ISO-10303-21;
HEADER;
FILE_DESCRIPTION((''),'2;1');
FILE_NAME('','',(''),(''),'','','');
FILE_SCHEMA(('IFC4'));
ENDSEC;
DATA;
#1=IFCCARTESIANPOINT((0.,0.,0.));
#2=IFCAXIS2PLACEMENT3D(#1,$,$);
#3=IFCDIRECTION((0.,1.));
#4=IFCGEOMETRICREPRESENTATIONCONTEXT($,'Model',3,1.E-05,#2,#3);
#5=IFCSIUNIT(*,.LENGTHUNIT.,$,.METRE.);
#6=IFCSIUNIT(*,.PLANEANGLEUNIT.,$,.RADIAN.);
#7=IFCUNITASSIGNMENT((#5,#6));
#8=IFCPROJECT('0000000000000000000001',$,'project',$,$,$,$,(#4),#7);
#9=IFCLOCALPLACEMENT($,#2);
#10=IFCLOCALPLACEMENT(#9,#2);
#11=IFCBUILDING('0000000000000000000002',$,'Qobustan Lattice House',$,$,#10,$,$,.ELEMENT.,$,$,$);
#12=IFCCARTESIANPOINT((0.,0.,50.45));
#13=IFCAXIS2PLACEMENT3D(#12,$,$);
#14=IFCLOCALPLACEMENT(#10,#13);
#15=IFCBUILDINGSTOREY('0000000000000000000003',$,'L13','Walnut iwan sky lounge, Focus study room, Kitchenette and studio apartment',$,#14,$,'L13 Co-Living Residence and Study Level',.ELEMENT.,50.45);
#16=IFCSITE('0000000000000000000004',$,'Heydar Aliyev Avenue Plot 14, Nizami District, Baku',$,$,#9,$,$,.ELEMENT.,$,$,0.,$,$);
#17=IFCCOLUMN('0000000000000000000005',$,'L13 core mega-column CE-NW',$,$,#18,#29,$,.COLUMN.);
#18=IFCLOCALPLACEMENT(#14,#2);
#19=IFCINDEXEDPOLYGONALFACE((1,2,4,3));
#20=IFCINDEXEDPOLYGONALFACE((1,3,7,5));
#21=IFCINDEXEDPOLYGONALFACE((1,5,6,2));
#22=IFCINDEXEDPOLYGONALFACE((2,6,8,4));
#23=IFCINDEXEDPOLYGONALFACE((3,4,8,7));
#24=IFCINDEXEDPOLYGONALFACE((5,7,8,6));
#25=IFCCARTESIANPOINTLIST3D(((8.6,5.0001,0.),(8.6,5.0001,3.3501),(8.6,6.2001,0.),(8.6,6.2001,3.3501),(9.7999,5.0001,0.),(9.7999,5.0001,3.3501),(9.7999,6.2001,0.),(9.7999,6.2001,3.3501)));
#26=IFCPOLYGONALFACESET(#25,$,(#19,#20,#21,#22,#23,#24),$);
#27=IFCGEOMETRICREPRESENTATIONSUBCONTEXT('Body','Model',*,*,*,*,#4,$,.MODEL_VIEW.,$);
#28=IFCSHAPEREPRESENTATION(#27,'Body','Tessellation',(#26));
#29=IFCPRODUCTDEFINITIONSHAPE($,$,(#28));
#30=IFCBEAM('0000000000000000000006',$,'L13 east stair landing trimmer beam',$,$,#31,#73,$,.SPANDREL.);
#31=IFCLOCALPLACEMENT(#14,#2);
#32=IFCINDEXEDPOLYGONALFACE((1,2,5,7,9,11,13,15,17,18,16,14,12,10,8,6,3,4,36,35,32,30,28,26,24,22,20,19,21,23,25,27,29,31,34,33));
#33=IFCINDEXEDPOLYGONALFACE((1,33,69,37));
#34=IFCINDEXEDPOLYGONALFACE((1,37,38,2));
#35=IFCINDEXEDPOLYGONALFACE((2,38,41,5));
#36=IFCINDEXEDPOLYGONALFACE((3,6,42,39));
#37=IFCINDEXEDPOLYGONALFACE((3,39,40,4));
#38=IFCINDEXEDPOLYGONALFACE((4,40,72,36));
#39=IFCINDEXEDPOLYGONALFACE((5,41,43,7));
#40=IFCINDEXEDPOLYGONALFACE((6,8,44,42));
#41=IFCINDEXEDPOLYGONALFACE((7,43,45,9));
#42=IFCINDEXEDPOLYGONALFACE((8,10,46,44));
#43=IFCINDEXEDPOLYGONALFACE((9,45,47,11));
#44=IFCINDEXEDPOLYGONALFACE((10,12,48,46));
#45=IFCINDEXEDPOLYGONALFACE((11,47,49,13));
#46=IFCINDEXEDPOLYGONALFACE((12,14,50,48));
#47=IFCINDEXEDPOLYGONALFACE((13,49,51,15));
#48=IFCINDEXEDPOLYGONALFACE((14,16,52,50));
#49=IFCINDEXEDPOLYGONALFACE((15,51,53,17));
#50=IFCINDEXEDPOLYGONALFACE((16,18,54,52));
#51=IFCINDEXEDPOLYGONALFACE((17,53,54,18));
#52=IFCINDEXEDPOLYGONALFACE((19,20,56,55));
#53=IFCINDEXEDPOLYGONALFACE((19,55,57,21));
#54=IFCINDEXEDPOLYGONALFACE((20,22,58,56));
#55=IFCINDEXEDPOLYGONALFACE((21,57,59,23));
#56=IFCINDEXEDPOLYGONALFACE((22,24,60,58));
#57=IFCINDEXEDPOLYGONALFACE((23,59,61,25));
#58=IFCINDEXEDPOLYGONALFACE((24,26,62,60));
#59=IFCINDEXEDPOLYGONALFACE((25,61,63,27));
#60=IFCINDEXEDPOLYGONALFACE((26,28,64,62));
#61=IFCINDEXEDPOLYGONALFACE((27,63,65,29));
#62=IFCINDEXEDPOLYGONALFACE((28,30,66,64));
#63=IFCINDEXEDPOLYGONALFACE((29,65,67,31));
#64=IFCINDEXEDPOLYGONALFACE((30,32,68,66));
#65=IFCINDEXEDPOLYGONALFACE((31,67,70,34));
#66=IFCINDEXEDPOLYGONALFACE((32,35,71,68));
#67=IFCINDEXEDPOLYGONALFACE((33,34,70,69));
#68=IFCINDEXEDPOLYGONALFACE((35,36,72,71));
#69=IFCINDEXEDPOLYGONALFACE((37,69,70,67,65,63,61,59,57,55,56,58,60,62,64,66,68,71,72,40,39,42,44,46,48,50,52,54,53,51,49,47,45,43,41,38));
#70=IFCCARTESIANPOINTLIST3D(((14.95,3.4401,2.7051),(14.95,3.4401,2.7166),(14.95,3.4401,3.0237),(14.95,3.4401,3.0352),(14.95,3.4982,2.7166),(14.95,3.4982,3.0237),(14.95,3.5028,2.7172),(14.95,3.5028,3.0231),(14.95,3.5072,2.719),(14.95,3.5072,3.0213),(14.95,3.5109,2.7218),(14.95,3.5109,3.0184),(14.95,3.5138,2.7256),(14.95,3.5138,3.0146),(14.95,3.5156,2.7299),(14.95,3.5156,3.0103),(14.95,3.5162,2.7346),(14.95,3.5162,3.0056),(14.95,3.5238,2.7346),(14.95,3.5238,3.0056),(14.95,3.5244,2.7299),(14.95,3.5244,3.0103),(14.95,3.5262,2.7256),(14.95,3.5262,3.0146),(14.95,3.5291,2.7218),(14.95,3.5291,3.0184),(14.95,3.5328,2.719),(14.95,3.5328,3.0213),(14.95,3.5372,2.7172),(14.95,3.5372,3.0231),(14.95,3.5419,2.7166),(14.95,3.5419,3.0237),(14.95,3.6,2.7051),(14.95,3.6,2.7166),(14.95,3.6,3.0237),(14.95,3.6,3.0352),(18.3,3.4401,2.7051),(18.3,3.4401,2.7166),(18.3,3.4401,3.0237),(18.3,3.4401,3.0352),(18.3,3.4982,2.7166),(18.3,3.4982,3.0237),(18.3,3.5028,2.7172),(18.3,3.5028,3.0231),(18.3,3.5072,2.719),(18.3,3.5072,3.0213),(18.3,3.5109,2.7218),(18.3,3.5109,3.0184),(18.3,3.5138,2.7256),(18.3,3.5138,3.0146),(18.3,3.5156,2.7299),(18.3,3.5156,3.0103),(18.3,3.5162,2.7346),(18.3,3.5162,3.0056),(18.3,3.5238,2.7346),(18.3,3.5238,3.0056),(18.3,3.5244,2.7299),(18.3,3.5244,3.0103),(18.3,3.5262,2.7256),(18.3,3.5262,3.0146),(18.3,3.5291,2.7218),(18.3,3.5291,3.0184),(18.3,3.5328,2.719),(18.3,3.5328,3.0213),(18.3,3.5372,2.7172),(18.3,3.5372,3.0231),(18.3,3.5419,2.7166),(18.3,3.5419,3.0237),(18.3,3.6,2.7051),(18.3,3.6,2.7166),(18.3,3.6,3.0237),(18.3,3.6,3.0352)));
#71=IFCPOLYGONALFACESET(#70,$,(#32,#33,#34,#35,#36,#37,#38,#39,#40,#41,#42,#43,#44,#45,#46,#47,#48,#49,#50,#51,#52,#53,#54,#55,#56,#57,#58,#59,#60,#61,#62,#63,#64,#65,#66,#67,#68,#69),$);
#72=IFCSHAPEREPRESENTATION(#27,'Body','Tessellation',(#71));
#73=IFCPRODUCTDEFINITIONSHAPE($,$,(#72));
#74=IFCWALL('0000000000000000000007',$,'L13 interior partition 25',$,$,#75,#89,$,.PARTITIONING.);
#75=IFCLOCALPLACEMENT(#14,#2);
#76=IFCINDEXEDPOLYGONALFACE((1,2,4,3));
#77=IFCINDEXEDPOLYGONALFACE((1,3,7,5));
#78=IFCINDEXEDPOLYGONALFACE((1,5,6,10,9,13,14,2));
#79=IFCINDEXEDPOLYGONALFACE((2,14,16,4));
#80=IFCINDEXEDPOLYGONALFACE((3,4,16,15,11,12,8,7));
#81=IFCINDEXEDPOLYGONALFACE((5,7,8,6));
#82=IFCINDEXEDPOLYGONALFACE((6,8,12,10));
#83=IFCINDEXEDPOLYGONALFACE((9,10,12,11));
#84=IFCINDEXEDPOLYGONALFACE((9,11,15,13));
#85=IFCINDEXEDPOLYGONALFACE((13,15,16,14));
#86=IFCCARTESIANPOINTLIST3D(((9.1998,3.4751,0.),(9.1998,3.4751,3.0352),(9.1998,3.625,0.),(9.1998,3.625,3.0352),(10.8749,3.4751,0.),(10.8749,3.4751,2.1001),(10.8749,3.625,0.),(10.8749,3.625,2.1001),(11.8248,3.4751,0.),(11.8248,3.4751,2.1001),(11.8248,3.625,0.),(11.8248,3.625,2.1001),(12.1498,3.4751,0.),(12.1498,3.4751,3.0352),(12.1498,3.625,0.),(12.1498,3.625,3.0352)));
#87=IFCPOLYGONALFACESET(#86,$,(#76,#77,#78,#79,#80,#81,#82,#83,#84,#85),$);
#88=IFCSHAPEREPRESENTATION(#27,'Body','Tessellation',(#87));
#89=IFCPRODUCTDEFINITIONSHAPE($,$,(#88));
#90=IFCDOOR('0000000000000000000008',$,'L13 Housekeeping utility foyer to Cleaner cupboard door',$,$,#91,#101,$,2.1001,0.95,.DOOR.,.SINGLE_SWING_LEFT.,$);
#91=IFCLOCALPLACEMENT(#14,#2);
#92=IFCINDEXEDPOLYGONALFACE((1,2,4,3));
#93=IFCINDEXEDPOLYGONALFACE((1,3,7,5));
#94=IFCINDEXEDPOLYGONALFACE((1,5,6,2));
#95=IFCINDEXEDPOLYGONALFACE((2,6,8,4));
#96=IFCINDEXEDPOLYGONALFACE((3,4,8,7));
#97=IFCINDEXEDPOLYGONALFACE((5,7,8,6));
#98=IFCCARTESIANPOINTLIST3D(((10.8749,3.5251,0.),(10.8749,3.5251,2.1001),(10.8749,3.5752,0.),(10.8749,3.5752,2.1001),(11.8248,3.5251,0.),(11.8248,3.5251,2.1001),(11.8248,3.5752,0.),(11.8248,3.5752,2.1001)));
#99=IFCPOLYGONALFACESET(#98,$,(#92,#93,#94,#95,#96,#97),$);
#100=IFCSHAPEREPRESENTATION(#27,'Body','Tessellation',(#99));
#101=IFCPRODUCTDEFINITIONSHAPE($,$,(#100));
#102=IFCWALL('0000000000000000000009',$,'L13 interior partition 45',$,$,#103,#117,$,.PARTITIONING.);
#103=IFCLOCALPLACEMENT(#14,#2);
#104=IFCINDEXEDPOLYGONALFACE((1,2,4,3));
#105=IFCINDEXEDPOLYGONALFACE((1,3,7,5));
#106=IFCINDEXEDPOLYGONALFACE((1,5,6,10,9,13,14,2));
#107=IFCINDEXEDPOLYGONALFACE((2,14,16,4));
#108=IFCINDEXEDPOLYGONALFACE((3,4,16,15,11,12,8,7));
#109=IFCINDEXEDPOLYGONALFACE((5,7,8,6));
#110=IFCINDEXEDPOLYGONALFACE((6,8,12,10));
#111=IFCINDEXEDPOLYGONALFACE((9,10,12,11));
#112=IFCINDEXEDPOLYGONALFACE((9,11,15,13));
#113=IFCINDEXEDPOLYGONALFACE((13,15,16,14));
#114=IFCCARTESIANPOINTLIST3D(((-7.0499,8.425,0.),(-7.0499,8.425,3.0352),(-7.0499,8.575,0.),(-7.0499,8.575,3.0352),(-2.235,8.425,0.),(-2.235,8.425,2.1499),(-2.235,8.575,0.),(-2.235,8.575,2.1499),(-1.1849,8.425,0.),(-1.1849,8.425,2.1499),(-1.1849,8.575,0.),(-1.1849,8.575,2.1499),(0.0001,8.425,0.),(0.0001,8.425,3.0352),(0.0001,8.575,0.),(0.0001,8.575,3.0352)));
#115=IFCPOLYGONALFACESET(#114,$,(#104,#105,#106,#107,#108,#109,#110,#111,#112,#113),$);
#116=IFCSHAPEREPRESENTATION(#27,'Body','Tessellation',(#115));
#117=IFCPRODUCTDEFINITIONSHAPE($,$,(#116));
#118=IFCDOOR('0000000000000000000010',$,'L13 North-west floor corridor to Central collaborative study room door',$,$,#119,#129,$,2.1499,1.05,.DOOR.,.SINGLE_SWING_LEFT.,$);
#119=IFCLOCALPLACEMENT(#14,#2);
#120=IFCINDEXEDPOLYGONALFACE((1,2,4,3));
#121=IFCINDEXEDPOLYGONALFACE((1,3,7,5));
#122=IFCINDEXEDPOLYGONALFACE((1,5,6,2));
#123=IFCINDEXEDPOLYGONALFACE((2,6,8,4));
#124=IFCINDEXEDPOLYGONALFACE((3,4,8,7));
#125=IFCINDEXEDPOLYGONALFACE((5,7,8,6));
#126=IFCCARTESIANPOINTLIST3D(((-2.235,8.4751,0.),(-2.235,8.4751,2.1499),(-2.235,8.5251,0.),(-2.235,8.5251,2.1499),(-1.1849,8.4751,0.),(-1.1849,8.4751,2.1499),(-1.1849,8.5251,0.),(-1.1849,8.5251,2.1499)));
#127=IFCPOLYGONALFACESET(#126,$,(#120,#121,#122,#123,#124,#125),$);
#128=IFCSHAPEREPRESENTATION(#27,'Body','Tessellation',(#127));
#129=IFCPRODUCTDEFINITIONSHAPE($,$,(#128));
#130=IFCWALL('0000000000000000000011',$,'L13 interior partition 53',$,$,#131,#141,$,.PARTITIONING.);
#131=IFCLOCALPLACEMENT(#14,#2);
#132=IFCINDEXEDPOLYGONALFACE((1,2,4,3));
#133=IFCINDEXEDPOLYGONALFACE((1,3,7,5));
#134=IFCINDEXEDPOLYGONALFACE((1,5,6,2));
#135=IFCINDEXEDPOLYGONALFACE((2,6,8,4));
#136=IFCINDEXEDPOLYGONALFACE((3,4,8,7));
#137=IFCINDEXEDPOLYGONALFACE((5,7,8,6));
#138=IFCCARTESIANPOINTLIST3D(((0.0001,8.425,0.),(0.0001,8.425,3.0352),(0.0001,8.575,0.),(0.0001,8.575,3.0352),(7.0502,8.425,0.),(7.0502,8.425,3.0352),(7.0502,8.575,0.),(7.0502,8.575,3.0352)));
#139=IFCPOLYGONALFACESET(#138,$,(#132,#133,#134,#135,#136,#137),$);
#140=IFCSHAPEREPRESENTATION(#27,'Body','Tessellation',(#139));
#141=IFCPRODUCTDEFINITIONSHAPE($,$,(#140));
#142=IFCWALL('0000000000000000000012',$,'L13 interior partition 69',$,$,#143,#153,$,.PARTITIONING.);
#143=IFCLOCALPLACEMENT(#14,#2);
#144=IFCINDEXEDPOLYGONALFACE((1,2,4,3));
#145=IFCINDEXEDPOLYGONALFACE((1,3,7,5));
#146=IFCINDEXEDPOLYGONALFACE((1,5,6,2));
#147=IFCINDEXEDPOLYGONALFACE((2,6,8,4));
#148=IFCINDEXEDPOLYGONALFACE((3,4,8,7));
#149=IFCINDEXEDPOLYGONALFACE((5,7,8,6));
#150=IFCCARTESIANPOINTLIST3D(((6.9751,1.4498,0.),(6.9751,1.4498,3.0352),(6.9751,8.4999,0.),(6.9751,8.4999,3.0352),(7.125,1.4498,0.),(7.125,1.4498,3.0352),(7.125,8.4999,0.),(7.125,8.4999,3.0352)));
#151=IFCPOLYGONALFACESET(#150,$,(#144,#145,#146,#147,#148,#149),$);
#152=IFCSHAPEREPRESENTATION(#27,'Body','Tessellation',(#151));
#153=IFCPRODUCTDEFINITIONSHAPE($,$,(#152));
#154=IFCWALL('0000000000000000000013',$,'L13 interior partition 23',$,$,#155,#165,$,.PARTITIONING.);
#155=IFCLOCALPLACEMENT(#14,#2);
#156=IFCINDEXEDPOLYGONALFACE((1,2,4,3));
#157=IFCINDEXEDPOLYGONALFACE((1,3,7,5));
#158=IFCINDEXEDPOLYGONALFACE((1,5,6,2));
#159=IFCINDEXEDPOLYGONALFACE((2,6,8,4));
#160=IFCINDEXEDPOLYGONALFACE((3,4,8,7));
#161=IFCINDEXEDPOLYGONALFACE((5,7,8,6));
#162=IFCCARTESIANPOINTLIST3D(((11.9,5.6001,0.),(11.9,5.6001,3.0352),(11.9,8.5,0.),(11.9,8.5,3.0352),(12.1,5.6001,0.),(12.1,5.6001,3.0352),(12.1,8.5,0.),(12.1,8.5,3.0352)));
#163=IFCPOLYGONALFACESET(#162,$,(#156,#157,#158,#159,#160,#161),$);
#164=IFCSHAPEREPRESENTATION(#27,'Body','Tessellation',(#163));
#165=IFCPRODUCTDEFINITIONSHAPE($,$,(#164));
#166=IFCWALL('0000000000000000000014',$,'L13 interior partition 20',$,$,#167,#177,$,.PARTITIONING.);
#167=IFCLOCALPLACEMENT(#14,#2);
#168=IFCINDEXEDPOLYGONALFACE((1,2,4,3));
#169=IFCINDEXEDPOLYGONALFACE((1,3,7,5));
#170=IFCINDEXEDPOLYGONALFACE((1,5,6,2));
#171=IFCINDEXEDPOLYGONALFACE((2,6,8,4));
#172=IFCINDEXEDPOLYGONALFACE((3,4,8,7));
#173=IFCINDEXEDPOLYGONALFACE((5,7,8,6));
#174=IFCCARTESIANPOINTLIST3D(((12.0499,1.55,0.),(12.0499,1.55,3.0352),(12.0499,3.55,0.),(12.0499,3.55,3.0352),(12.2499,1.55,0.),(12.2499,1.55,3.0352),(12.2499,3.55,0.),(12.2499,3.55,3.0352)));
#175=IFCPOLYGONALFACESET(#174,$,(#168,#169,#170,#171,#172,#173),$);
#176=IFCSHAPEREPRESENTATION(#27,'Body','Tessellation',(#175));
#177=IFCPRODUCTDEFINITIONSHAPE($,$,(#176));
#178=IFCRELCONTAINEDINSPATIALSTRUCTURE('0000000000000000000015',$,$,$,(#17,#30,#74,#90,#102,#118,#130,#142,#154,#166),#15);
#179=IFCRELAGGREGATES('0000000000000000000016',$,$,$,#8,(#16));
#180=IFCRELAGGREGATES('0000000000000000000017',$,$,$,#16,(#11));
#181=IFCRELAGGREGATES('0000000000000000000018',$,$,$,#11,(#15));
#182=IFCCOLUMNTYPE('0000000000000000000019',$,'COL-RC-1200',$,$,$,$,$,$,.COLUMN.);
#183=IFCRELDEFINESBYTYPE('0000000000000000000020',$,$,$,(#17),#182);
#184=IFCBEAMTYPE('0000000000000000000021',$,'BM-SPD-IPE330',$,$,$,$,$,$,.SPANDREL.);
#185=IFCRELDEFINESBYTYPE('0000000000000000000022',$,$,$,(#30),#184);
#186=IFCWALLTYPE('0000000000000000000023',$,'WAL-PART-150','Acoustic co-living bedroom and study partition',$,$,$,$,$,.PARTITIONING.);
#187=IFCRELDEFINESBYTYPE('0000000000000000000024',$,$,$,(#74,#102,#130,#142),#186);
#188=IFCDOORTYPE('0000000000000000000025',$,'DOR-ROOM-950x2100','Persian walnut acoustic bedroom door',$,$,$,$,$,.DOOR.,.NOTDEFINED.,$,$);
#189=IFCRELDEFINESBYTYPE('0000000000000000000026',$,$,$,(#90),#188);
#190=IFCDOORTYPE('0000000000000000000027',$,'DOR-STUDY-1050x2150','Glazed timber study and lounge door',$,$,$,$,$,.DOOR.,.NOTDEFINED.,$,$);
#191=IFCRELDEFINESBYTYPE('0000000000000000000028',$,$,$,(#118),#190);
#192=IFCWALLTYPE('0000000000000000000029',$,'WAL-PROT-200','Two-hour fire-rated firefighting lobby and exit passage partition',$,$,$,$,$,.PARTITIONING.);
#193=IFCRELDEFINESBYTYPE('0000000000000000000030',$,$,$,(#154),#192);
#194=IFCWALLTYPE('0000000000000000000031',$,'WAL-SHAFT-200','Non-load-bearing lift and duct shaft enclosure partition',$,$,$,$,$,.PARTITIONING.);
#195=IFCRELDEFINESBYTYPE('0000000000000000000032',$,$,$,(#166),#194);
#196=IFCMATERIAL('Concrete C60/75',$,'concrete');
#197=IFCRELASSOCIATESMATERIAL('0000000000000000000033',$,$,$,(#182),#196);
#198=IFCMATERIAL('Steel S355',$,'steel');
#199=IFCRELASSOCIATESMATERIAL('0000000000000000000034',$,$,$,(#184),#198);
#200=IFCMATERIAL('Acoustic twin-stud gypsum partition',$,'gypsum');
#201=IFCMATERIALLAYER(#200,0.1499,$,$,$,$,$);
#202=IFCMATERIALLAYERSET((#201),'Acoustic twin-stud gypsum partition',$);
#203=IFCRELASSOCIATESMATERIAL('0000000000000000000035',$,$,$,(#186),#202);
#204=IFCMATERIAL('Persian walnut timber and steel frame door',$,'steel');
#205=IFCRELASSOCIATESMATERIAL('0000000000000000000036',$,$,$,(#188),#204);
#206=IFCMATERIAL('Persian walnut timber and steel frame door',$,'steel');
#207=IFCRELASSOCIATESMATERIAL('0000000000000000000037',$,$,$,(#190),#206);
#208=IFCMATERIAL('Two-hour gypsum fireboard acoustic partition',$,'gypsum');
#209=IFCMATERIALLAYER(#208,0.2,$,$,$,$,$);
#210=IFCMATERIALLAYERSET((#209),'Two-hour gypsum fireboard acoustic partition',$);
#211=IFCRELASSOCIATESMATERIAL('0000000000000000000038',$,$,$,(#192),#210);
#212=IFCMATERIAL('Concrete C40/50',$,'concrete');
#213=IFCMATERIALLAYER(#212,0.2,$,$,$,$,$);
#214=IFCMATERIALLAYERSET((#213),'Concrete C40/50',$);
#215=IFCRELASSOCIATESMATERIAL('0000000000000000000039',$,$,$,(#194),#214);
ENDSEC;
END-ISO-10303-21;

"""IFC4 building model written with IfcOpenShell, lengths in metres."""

from ifc_helpers import new_model, si_unit, direction, frame, frame_2d, origin, origin_2d, place, context, subcontext, project, spatial, rectangle, i_section, extrude, material, layer, layer_set, material_profile, profile_set, type_object, element, fill, save


model = new_model("IFC4")

# Units and contexts
model_context = context("Model", 3, precision=1e-05, world=origin(), true_north=direction((0.0, 1.0)))
body_context = subcontext(model_context, "Body", "Model", "MODEL_VIEW")
ifc_project = project(units=[si_unit("LENGTHUNIT", "METRE"), si_unit("PLANEANGLEUNIT", "RADIAN")], contexts=[model_context])

# Site, building, storey
site_placement = place(None, origin())
site = spatial("IfcSite", under=ifc_project, at=site_placement, Name="Heydar Aliyev Avenue Plot 14, Nizami District, Baku", CompositionType="ELEMENT", RefElevation=0.0)
building_placement = place(site_placement, origin())
building = spatial("IfcBuilding", under=site, at=building_placement, Name="Qobustan Lattice House", CompositionType="ELEMENT")
storey_placement = place(building_placement, frame((0.0, 0.0, 50.45)))
storey = spatial("IfcBuildingStorey", under=building, at=storey_placement, Name="L13", Description="Walnut iwan sky lounge, Focus study room, Kitchenette and studio apartment", LongName="L13 Co-Living Residence and Study Level", CompositionType="ELEMENT", Elevation=50.45)

# Column
ifc_material_1 = material(Name="Concrete C60/75", Category="concrete")
ifc_material_profile_1 = material_profile(ifc_material_1, rectangle(XDim=1.2, YDim=1.2, at=origin_2d()), Name="RC1200x1200")
ifc_profile_set_1 = profile_set([ifc_material_profile_1], Name="Concrete C60/75")
column_type = type_object("IfcColumnType", Name="COL-RC-1200", PredefinedType="COLUMN", material=ifc_profile_set_1)
column_placement = place(storey_placement, frame((9.2, 5.6001, 0.0), z_axis=(0.0, 0.0, 1.0), x_axis=(1.0, 0.0, 0.0)))
element("IfcColumn", 1, at=column_placement, inside=storey, type_object=column_type, Name="L13 core mega-column CE-NW", PredefinedType="COLUMN", context=body_context, shape_type="SweptSolid", body=[
    extrude(rectangle(XDim=1.2, YDim=1.2, at=origin_2d()), origin(), (0.0, 0.0, 1.0), 3.3501),
])

# Beam
ifc_material_2 = material(Name="Steel S355", Category="steel")
ifc_material_profile_2 = material_profile(ifc_material_2, i_section(OverallWidth=0.1599, OverallDepth=0.3301, WebThickness=0.0076, FlangeThickness=0.0115, FilletRadius=0.0181, at=origin_2d()), Name="IPE330")
ifc_profile_set_2 = profile_set([ifc_material_profile_2], Name="Steel S355")
beam_type = type_object("IfcBeamType", Name="BM-SPD-IPE330", PredefinedType="SPANDREL", material=ifc_profile_set_2)
beam_placement = place(storey_placement, frame((14.95, 3.52, 2.8701), z_axis=(1.0, 0.0, 0.0), x_axis=(0.0, 1.0, 0.0)))
element("IfcBeam", 2, at=beam_placement, inside=storey, type_object=beam_type, Name="L13 east stair landing trimmer beam", PredefinedType="SPANDREL", context=body_context, shape_type="SweptSolid", body=[
    extrude(i_section(OverallWidth=0.1599, OverallDepth=0.3301, WebThickness=0.0076, FlangeThickness=0.0115, FilletRadius=0.0181, at=origin_2d()), origin(), (0.0, 0.0, 1.0), 3.3501),
])

# Walls, openings, doors
ifc_material_3 = material(Name="Acoustic twin-stud gypsum partition", Category="gypsum")
ifc_layer_1 = layer(ifc_material_3, 0.1499)
ifc_layer_set_1 = layer_set([ifc_layer_1], Name="Acoustic twin-stud gypsum partition")
wall_type_1 = type_object("IfcWallType", Name="WAL-PART-150", Description="Acoustic co-living bedroom and study partition", PredefinedType="PARTITIONING", material=ifc_layer_set_1)
wall_1_placement = place(storey_placement, frame((12.1499, 3.55, 0.0), z_axis=(0.0, 0.0, 1.0), x_axis=(-1.0, 0.0, 0.0)))
wall_1 = element("IfcWall", 3, at=wall_1_placement, inside=storey, type_object=wall_type_1, Name="L13 interior partition 25", PredefinedType="PARTITIONING", context=body_context, shape_type="SweptSolid", body=[
    extrude(rectangle(XDim=2.95, YDim=0.1499, at=frame_2d((1.4751, 0.0))), origin(), (0.0, 0.0, 1.0), 3.0352),
])
opening_1_placement = place(wall_1_placement, frame((0.325, 0.0, 0.0)))
opening_1 = element("IfcOpeningElement", 4, at=opening_1_placement, cuts=wall_1, PredefinedType="OPENING", context=body_context, shape_type="SweptSolid", body=[
    extrude(rectangle(XDim=0.95, YDim=2.1001, at=frame_2d((0.4751, 1.05))), frame((0.0, 0.085, 0.0), z_axis=(0.0, -1.0, 0.0), x_axis=(1.0, 0.0, 0.0)), (0.0, 0.0, 1.0), 0.1699),
])
ifc_material_4 = material(Name="Persian walnut timber and steel frame door", Category="steel")
door_type_1 = type_object("IfcDoorType", Name="DOR-ROOM-950x2100", Description="Persian walnut acoustic bedroom door", OperationType="NOTDEFINED", PredefinedType="DOOR", material=ifc_material_4)
door_1_placement = place(opening_1_placement, origin())
door_1 = element("IfcDoor", 5, at=door_1_placement, inside=storey, type_object=door_type_1, Name="L13 Housekeeping utility foyer to Cleaner cupboard door", OperationType="SINGLE_SWING_LEFT", OverallHeight=2.1001, OverallWidth=0.95, PredefinedType="DOOR", context=body_context, shape_type="SweptSolid", body=[
    extrude(rectangle(XDim=0.95, YDim=2.1001, at=frame_2d((0.4751, 1.05))), frame((0.0, 0.0249, 0.0), z_axis=(0.0, -1.0, 0.0), x_axis=(1.0, 0.0, 0.0)), (0.0, 0.0, 1.0), 0.05),
])
fill(opening_1, door_1)
wall_2_placement = place(storey_placement, frame((0.0, 8.5, 0.0), z_axis=(0.0, 0.0, 1.0), x_axis=(-1.0, 0.0, 0.0)))
wall_2 = element("IfcWall", 6, at=wall_2_placement, inside=storey, type_object=wall_type_1, Name="L13 interior partition 45", PredefinedType="PARTITIONING", context=body_context, shape_type="SweptSolid", body=[
    extrude(rectangle(XDim=7.05, YDim=0.1499, at=frame_2d((3.5249, 0.0))), origin(), (0.0, 0.0, 1.0), 3.0352),
])
opening_2_placement = place(wall_2_placement, frame((1.1851, 0.0, 0.0)))
opening_2 = element("IfcOpeningElement", 7, at=opening_2_placement, cuts=wall_2, PredefinedType="OPENING", context=body_context, shape_type="SweptSolid", body=[
    extrude(rectangle(XDim=1.05, YDim=2.1499, at=frame_2d((0.5249, 1.075))), frame((0.0, 0.085, 0.0), z_axis=(0.0, -1.0, 0.0), x_axis=(1.0, 0.0, 0.0)), (0.0, 0.0, 1.0), 0.1699),
])
ifc_material_5 = material(Name="Persian walnut timber and steel frame door", Category="steel")
door_type_2 = type_object("IfcDoorType", Name="DOR-STUDY-1050x2150", Description="Glazed timber study and lounge door", OperationType="NOTDEFINED", PredefinedType="DOOR", material=ifc_material_5)
door_2_placement = place(opening_2_placement, origin())
door_2 = element("IfcDoor", 8, at=door_2_placement, inside=storey, type_object=door_type_2, Name="L13 North-west floor corridor to Central collaborative study room door", OperationType="SINGLE_SWING_LEFT", OverallHeight=2.1499, OverallWidth=1.05, PredefinedType="DOOR", context=body_context, shape_type="SweptSolid", body=[
    extrude(rectangle(XDim=1.05, YDim=2.1499, at=frame_2d((0.5249, 1.075))), frame((0.0, 0.0249, 0.0), z_axis=(0.0, -1.0, 0.0), x_axis=(1.0, 0.0, 0.0)), (0.0, 0.0, 1.0), 0.05),
])
fill(opening_2, door_2)

# Walls
for number, where, z_axis, x_axis, name in (
    (9, (7.05, 8.5, 0.0), (0.0, 0.0, 1.0), (-1.0, 0.0, 0.0), "L13 interior partition 53"),
    (10, (7.05, 1.45, 0.0), (0.0, 0.0, 1.0), (0.0, 1.0, 0.0), "L13 interior partition 69"),
):
    element("IfcWall", number, at=place(storey_placement, frame(where, z_axis=z_axis, x_axis=x_axis)), inside=storey, type_object=wall_type_1, Name=name, PredefinedType="PARTITIONING", context=body_context, shape_type="SweptSolid", body=[
        extrude(rectangle(XDim=7.05, YDim=0.1499, at=frame_2d((3.5249, 0.0))), origin(), (0.0, 0.0, 1.0), 3.0352),
    ])
ifc_material_6 = material(Name="Two-hour gypsum fireboard acoustic partition", Category="gypsum")
ifc_layer_2 = layer(ifc_material_6, 0.2)
ifc_layer_set_2 = layer_set([ifc_layer_2], Name="Two-hour gypsum fireboard acoustic partition")
wall_type_2 = type_object("IfcWallType", Name="WAL-PROT-200", Description="Two-hour fire-rated firefighting lobby and exit passage partition", PredefinedType="PARTITIONING", material=ifc_layer_set_2)
wall_3_placement = place(storey_placement, frame((12.0, 8.5, 0.0), z_axis=(0.0, 0.0, 1.0), x_axis=(0.0, -1.0, 0.0)))
element("IfcWall", 11, at=wall_3_placement, inside=storey, type_object=wall_type_2, Name="L13 interior partition 23", PredefinedType="PARTITIONING", context=body_context, shape_type="SweptSolid", body=[
    extrude(rectangle(XDim=2.8999, YDim=0.2, at=frame_2d((1.45, 0.0))), origin(), (0.0, 0.0, 1.0), 3.0352),
])
ifc_material_7 = material(Name="Concrete C40/50", Category="concrete")
ifc_layer_3 = layer(ifc_material_7, 0.2)
ifc_layer_set_3 = layer_set([ifc_layer_3], Name="Concrete C40/50")
wall_type_3 = type_object("IfcWallType", Name="WAL-SHAFT-200", Description="Non-load-bearing lift and duct shaft enclosure partition", PredefinedType="PARTITIONING", material=ifc_layer_set_3)
wall_4_placement = place(storey_placement, frame((12.1499, 3.55, 0.0), z_axis=(0.0, 0.0, 1.0), x_axis=(0.0, -1.0, 0.0)))
element("IfcWall", 12, at=wall_4_placement, inside=storey, type_object=wall_type_3, Name="L13 interior partition 20", PredefinedType="PARTITIONING", context=body_context, shape_type="SweptSolid", body=[
    extrude(rectangle(XDim=2.0, YDim=0.2, at=frame_2d((1.0, 0.0))), origin(), (0.0, 0.0, 1.0), 3.0352),
])

save(model, "model.ifc")
